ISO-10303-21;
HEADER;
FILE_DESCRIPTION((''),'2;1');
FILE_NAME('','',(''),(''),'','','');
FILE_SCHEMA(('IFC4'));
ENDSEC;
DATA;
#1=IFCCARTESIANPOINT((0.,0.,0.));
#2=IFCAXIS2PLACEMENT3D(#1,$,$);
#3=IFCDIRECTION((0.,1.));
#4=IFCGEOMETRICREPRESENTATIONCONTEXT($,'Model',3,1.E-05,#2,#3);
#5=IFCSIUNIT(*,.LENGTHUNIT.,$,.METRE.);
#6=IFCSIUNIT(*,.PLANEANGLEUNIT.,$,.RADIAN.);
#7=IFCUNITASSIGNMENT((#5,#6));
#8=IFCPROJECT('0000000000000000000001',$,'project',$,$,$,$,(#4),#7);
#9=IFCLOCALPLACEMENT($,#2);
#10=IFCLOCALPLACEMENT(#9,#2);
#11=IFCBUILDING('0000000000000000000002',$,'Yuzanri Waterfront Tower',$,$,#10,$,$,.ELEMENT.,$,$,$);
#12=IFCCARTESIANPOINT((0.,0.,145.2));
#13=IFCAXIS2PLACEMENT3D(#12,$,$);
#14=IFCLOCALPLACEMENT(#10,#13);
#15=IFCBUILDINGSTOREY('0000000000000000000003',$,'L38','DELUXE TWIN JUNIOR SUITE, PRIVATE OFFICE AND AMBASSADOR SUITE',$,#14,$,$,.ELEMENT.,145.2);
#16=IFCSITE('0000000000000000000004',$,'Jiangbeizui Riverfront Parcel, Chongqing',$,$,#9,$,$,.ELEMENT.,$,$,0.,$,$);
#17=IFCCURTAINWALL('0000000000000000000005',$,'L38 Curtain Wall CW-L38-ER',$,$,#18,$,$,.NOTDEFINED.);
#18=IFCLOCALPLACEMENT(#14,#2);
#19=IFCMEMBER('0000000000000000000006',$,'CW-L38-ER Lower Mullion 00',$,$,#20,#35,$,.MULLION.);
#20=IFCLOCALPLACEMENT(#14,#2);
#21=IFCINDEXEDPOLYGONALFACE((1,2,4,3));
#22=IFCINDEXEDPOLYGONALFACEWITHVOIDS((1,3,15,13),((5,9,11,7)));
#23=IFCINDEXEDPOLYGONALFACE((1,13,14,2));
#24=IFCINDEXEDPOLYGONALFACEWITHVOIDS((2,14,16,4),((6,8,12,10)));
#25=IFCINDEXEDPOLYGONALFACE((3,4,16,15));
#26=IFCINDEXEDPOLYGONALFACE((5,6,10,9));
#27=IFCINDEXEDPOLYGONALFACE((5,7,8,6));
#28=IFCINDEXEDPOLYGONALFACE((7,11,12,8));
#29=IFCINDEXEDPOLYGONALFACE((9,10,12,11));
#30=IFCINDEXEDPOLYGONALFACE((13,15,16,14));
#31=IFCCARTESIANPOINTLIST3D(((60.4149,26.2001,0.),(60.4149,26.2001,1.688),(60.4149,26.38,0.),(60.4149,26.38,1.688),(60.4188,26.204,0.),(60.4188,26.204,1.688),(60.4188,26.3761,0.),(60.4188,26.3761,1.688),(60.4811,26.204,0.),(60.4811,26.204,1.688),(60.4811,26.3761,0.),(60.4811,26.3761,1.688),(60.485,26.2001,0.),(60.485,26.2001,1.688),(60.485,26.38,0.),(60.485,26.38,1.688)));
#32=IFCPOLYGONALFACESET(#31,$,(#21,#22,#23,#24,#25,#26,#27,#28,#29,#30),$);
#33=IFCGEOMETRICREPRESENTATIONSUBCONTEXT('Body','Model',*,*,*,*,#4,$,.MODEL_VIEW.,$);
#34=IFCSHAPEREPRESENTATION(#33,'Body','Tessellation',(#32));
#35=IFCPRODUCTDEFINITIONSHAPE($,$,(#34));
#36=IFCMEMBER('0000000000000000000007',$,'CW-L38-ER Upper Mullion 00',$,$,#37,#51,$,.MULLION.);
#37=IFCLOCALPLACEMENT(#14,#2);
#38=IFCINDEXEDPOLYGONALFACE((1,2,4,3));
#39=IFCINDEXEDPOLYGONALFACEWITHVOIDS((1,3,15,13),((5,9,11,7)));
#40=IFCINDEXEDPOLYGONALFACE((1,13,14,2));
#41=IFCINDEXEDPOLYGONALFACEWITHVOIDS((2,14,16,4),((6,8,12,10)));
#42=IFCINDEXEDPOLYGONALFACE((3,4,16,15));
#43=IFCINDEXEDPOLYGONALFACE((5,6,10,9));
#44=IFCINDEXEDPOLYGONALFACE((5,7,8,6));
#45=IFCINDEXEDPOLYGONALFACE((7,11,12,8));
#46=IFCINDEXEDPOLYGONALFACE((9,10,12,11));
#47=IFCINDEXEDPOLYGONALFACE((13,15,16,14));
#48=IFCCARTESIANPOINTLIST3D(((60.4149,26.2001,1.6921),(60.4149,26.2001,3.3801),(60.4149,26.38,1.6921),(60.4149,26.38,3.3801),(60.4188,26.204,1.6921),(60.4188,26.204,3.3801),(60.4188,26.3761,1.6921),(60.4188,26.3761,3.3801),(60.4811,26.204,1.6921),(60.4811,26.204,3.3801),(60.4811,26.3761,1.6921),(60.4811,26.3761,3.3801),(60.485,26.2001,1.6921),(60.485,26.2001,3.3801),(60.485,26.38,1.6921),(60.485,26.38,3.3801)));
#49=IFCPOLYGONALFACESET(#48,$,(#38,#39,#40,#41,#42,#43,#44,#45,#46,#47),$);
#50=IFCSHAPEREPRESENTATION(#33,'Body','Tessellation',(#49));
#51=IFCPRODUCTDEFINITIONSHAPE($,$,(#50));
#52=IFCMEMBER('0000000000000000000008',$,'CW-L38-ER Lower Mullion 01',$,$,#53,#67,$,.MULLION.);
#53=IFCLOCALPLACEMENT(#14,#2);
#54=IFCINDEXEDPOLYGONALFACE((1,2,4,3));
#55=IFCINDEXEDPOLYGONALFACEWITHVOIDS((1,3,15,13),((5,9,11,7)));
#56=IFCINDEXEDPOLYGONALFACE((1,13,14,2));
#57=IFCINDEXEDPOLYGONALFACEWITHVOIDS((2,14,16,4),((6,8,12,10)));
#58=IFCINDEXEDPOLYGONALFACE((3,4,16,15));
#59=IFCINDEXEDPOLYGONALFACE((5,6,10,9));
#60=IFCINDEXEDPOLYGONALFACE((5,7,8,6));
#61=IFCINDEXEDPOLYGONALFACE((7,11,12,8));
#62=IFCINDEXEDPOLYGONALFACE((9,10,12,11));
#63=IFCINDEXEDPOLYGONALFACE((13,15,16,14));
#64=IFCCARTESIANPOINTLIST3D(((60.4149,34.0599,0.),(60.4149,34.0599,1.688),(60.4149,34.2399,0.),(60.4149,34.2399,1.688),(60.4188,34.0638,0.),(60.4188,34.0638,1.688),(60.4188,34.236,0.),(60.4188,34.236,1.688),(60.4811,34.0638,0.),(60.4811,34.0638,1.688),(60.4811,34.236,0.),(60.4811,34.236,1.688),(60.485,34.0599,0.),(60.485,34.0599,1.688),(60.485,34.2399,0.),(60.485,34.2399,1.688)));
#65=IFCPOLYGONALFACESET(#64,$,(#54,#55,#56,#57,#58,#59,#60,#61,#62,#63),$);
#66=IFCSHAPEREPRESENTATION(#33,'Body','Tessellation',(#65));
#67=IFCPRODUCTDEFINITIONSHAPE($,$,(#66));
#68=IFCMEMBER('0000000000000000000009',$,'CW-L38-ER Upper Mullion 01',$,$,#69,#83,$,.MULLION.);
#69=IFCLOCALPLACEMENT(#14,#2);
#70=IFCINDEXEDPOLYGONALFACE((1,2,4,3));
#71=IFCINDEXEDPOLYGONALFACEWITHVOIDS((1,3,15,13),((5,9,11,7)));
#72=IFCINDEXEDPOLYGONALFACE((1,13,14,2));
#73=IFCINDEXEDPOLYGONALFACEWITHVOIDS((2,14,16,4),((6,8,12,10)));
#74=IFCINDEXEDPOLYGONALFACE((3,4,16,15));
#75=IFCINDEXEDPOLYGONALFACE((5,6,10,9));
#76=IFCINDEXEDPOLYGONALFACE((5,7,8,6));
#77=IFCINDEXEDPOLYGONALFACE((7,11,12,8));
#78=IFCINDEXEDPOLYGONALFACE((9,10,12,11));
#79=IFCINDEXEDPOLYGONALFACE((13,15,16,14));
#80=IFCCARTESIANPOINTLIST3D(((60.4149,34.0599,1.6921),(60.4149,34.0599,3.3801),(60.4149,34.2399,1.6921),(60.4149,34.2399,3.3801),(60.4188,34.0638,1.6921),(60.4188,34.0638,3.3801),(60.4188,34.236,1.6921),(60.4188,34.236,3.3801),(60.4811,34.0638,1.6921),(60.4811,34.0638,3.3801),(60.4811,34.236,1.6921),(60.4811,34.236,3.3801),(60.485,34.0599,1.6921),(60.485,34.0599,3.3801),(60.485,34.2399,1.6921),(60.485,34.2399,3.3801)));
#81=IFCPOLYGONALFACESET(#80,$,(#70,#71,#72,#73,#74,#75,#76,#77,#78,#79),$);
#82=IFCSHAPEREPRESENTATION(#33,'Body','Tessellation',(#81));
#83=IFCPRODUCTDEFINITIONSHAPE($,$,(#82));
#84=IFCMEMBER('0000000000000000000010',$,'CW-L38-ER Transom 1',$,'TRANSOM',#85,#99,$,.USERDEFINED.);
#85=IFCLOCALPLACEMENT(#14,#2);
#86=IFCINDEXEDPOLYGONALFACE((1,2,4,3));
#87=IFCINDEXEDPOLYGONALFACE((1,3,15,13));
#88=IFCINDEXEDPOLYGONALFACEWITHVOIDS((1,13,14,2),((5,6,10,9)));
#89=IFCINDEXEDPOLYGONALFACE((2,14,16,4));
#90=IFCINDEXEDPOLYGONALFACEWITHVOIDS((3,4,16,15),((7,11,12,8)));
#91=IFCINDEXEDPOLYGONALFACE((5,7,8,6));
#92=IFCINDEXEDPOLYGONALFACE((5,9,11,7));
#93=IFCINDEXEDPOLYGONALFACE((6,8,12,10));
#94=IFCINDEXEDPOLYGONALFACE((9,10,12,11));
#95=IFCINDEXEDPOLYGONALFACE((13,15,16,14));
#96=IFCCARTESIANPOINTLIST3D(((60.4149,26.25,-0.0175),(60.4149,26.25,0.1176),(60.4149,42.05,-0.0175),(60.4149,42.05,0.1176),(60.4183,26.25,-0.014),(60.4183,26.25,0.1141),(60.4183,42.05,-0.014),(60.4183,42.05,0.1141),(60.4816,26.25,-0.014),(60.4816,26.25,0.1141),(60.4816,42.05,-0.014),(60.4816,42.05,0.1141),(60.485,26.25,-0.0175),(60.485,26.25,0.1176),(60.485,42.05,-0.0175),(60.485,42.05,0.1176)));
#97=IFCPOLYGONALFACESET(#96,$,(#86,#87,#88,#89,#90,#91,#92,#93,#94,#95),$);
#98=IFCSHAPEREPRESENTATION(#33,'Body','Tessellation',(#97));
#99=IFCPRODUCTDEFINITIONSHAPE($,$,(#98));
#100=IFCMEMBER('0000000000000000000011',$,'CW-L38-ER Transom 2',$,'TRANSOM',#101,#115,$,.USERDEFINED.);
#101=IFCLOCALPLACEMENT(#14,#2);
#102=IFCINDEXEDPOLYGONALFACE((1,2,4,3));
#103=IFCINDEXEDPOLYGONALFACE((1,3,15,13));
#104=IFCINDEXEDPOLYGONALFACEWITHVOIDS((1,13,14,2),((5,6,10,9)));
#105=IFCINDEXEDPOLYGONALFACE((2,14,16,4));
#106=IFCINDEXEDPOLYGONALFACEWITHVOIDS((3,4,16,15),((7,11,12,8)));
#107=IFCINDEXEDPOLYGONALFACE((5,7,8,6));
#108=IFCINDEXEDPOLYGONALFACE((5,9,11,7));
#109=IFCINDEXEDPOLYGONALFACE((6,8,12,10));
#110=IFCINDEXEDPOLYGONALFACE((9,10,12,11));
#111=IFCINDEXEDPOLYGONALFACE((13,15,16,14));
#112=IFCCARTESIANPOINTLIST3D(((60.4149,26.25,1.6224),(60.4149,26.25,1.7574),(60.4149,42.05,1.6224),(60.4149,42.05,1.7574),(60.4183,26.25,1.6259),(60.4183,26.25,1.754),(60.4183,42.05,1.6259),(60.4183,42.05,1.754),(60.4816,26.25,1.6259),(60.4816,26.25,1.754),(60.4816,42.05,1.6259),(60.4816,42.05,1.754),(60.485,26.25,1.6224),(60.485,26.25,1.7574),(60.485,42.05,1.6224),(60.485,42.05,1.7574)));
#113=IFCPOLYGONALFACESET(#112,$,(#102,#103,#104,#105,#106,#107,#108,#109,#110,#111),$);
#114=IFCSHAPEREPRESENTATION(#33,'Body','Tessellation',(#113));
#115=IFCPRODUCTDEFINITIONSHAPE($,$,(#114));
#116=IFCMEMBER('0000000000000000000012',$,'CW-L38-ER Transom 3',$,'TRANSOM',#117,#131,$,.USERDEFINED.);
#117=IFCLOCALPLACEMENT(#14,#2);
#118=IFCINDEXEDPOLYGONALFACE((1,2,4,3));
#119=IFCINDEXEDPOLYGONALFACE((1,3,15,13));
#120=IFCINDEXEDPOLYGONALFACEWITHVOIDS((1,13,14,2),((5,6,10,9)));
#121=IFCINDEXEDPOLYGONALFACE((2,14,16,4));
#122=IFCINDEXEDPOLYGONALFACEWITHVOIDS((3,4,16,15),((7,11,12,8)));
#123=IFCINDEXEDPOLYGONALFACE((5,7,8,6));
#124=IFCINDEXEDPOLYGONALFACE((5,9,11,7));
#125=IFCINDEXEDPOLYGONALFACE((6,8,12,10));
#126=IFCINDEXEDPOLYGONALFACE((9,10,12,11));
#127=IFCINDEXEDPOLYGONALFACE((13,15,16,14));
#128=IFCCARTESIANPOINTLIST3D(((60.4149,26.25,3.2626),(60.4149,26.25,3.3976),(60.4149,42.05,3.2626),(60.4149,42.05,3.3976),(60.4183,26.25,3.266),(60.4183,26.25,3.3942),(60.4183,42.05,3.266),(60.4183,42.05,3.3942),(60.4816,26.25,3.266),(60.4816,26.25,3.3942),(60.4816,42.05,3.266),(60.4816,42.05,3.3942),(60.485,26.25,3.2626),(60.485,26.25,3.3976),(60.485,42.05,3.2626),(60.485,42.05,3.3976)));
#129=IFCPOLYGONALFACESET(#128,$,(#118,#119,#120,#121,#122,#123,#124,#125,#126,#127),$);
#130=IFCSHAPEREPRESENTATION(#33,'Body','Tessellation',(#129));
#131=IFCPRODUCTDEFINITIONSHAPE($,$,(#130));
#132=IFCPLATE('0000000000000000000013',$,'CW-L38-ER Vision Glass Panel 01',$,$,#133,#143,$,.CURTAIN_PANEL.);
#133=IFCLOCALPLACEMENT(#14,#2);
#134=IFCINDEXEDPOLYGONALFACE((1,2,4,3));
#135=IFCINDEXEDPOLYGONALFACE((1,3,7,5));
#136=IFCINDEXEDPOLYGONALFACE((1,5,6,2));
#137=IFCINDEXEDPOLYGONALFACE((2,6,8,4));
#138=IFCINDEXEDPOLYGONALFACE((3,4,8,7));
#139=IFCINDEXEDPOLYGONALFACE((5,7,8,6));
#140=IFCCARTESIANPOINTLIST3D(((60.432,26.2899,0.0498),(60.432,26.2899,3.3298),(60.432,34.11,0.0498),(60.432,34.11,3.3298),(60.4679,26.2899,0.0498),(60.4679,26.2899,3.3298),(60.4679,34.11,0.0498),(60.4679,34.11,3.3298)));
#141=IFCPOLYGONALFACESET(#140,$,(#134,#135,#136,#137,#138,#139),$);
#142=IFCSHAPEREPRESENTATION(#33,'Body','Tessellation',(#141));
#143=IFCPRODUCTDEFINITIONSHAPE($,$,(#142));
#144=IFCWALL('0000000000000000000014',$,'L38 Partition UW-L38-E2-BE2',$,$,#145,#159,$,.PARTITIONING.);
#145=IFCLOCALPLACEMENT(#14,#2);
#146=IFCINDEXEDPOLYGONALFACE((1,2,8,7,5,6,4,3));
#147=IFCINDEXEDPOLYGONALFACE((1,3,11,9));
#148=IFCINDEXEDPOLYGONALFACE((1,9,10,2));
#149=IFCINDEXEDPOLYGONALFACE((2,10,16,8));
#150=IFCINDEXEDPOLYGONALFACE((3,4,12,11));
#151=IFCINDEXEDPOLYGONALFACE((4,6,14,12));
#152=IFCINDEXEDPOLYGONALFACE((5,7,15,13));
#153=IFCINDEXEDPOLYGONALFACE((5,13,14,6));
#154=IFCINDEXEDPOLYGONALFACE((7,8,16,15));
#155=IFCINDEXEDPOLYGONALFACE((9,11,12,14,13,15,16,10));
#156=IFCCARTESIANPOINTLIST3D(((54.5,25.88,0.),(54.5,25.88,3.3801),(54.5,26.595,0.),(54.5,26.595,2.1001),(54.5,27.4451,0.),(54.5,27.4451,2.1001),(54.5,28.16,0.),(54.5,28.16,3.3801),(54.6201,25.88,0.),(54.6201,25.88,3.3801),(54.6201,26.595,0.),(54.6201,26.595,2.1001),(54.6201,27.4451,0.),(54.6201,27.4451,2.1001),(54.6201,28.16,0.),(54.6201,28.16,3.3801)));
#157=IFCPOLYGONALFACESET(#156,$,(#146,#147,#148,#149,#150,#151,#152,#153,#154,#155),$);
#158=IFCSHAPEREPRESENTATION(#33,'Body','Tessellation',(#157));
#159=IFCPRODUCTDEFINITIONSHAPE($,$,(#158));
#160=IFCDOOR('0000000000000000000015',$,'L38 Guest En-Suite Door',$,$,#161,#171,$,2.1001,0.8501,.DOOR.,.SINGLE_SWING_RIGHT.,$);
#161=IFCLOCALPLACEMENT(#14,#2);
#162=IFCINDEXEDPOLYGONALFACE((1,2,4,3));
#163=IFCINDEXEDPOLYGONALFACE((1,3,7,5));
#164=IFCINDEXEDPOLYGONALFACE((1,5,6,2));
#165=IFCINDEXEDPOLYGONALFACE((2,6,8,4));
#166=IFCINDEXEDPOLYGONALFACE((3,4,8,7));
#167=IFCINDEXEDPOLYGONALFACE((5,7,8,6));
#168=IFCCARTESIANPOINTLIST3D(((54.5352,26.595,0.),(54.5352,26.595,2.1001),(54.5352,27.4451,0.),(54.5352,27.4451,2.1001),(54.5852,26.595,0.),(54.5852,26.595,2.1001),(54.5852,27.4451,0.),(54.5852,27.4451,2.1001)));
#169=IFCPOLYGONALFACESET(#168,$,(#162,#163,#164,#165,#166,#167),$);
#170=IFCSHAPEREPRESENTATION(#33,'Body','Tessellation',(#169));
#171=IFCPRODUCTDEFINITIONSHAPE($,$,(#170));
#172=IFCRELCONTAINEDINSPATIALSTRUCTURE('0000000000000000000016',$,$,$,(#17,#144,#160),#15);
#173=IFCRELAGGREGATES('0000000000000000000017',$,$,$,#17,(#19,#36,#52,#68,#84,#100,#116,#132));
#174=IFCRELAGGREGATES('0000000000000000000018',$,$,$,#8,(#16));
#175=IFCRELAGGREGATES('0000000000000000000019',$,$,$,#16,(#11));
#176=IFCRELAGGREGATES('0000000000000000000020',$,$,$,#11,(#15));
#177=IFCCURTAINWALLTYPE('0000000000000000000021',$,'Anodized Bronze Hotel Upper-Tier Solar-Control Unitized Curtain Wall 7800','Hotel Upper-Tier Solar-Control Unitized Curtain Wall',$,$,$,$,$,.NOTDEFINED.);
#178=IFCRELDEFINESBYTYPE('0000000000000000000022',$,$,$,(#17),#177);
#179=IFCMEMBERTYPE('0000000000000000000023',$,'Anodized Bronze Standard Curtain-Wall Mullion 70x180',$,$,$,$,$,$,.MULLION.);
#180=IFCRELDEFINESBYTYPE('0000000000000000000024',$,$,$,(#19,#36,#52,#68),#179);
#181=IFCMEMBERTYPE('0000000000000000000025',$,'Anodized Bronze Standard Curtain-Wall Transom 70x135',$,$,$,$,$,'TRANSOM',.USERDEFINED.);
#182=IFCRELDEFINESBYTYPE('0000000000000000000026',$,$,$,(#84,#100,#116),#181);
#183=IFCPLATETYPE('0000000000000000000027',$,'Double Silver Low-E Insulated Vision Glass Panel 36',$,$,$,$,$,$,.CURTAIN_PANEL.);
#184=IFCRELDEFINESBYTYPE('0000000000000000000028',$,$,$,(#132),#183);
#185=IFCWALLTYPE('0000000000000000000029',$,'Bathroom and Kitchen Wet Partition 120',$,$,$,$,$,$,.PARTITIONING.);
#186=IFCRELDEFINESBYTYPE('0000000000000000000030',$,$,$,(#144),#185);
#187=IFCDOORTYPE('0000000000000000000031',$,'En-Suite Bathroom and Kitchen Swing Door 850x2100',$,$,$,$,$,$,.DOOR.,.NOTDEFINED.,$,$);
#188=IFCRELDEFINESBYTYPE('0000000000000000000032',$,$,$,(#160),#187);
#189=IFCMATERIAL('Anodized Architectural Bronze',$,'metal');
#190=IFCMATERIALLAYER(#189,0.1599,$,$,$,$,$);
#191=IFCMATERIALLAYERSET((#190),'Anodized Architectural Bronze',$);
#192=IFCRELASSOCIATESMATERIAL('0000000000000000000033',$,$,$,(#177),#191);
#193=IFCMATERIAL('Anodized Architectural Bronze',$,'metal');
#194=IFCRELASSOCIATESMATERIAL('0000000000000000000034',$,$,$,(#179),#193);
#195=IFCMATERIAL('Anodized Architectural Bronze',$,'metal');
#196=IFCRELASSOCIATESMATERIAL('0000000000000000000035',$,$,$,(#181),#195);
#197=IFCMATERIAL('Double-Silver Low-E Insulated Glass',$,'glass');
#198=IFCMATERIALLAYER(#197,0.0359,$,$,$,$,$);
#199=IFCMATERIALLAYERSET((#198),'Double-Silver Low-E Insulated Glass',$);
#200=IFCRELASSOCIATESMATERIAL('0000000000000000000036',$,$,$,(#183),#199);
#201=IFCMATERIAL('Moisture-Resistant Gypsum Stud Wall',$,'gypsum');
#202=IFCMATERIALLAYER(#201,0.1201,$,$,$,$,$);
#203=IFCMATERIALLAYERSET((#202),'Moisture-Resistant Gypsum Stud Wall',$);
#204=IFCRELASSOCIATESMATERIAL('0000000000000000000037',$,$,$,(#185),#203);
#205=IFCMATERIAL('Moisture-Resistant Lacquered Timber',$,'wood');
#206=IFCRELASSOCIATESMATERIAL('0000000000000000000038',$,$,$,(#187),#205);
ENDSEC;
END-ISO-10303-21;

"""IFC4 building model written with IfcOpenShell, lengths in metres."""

from ifc_helpers import new_model, si_unit, direction, frame, frame_2d, origin, origin_2d, place, context, subcontext, project, spatial, rectangle, hollow_rectangle, extrude, source, transform, mapped, material, layer, layer_set, material_profile, profile_set, type_object, element, fill, aggregate, save


model = new_model("IFC4")

# Units and contexts
model_context = context("Model", 3, precision=1e-05, world=origin(), true_north=direction((0.0, 1.0)))
body_context = subcontext(model_context, "Body", "Model", "MODEL_VIEW")
ifc_project = project(units=[si_unit("LENGTHUNIT", "METRE"), si_unit("PLANEANGLEUNIT", "RADIAN")], contexts=[model_context])

# Site, building, storey
site_placement = place(None, origin())
site = spatial("IfcSite", under=ifc_project, at=site_placement, Name="Jiangbeizui Riverfront Parcel, Chongqing", CompositionType="ELEMENT", RefElevation=0.0)
building_placement = place(site_placement, origin())
building = spatial("IfcBuilding", under=site, at=building_placement, Name="Yuzanri Waterfront Tower", CompositionType="ELEMENT")
storey_placement = place(building_placement, frame((0.0, 0.0, 145.2)))
storey = spatial("IfcBuildingStorey", under=building, at=storey_placement, Name="L38", Description="DELUXE TWIN JUNIOR SUITE, PRIVATE OFFICE AND AMBASSADOR SUITE", CompositionType="ELEMENT", Elevation=145.2)

# Shared definitions
ifc_material_1 = material(Name="Anodized Architectural Bronze", Category="metal")
ifc_layer_1 = layer(ifc_material_1, 0.1599)
ifc_layer_set_1 = layer_set([ifc_layer_1], Name="Anodized Architectural Bronze")
curtain_wall_type = type_object("IfcCurtainWallType", Name="Anodized Bronze Hotel Upper-Tier Solar-Control Unitized Curtain Wall 7800", Description="Hotel Upper-Tier Solar-Control Unitized Curtain Wall", PredefinedType="NOTDEFINED", material=ifc_layer_set_1)
ifc_material_2 = material(Name="Anodized Architectural Bronze", Category="metal")
ifc_material_profile_1 = material_profile(ifc_material_2, hollow_rectangle(XDim=0.0701, YDim=0.1799, WallThickness=0.0039, at=origin_2d()), Name="CWM 70x180")
ifc_profile_set_1 = profile_set([ifc_material_profile_1], Name="Anodized Architectural Bronze")
member_type_1 = type_object("IfcMemberType", Name="Anodized Bronze Standard Curtain-Wall Mullion 70x180", PredefinedType="MULLION", material=ifc_profile_set_1)
shared_shape_1 = source(origin(), body_context, "Body", "SweptSolid", [
    extrude(hollow_rectangle(XDim=0.0701, YDim=0.1799, WallThickness=0.0039, at=origin_2d()), origin(), (0.0, 0.0, 1.0), 1.688),
])

# Curtain wall, members, plate
curtain_wall_1_placement = place(storey_placement, origin())
curtain_wall_1 = element("IfcCurtainWall", 1, at=curtain_wall_1_placement, inside=storey, type_object=curtain_wall_type, Name="L38 Curtain Wall CW-L38-ER", PredefinedType="NOTDEFINED")
member_1_placement = place(storey_placement, frame((60.45, 26.29, 0.0), z_axis=(0.0, 0.0, 1.0), x_axis=(1.0, 0.0, 0.0)))
member_1 = element("IfcMember", 2, at=member_1_placement, type_object=member_type_1, Name="CW-L38-ER Lower Mullion 00", PredefinedType="MULLION", context=body_context, shape_type="MappedRepresentation", body=[
    mapped(shared_shape_1, transform((0.0, 0.0, 0.0), scale=1.0)),
])
member_2_placement = place(storey_placement, frame((60.45, 26.29, 1.6921), z_axis=(0.0, 0.0, 1.0), x_axis=(1.0, 0.0, 0.0)))
member_2 = element("IfcMember", 3, at=member_2_placement, type_object=member_type_1, Name="CW-L38-ER Upper Mullion 00", PredefinedType="MULLION", context=body_context, shape_type="MappedRepresentation", body=[
    mapped(shared_shape_1, transform((0.0, 0.0, 0.0), scale=1.0)),
])
member_3_placement = place(storey_placement, frame((60.45, 34.1499, 0.0), z_axis=(0.0, 0.0, 1.0), x_axis=(1.0, 0.0, 0.0)))
member_3 = element("IfcMember", 4, at=member_3_placement, type_object=member_type_1, Name="CW-L38-ER Lower Mullion 01", PredefinedType="MULLION", context=body_context, shape_type="MappedRepresentation", body=[
    mapped(shared_shape_1, transform((0.0, 0.0, 0.0), scale=1.0)),
])
member_4_placement = place(storey_placement, frame((60.45, 34.1499, 1.6921), z_axis=(0.0, 0.0, 1.0), x_axis=(1.0, 0.0, 0.0)))
member_4 = element("IfcMember", 5, at=member_4_placement, type_object=member_type_1, Name="CW-L38-ER Upper Mullion 01", PredefinedType="MULLION", context=body_context, shape_type="MappedRepresentation", body=[
    mapped(shared_shape_1, transform((0.0, 0.0, 0.0), scale=1.0)),
])
ifc_material_3 = material(Name="Anodized Architectural Bronze", Category="metal")
ifc_material_profile_2 = material_profile(ifc_material_3, hollow_rectangle(XDim=0.0701, YDim=0.135, WallThickness=0.0034, at=origin_2d()), Name="CWT 70x135")
ifc_profile_set_2 = profile_set([ifc_material_profile_2], Name="Anodized Architectural Bronze")
member_type_2 = type_object("IfcMemberType", Name="Anodized Bronze Standard Curtain-Wall Transom 70x135", ElementType="TRANSOM", PredefinedType="USERDEFINED", material=ifc_profile_set_2)
shared_shape_2 = source(origin(), body_context, "Body", "SweptSolid", [
    extrude(hollow_rectangle(XDim=0.0701, YDim=0.135, WallThickness=0.0034, at=origin_2d()), origin(), (0.0, 0.0, 1.0), 15.8),
])
member_5_placement = place(storey_placement, frame((60.45, 26.25, 0.05), z_axis=(0.0, 1.0, 0.0), x_axis=(-1.0, 0.0, 0.0)))
member_5 = element("IfcMember", 6, at=member_5_placement, type_object=member_type_2, Name="CW-L38-ER Transom 1", ObjectType="TRANSOM", PredefinedType="USERDEFINED", context=body_context, shape_type="MappedRepresentation", body=[
    mapped(shared_shape_2, transform((0.0, 0.0, 0.0), scale=1.0)),
])
member_6_placement = place(storey_placement, frame((60.45, 26.25, 1.6899), z_axis=(0.0, 1.0, 0.0), x_axis=(-1.0, 0.0, 0.0)))
member_6 = element("IfcMember", 7, at=member_6_placement, type_object=member_type_2, Name="CW-L38-ER Transom 2", ObjectType="TRANSOM", PredefinedType="USERDEFINED", context=body_context, shape_type="MappedRepresentation", body=[
    mapped(shared_shape_2, transform((0.0, 0.0, 0.0), scale=1.0)),
])
member_7_placement = place(storey_placement, frame((60.45, 26.25, 3.3301), z_axis=(0.0, 1.0, 0.0), x_axis=(-1.0, 0.0, 0.0)))
member_7 = element("IfcMember", 8, at=member_7_placement, type_object=member_type_2, Name="CW-L38-ER Transom 3", ObjectType="TRANSOM", PredefinedType="USERDEFINED", context=body_context, shape_type="MappedRepresentation", body=[
    mapped(shared_shape_2, transform((0.0, 0.0, 0.0), scale=1.0)),
])
ifc_material_4 = material(Name="Double-Silver Low-E Insulated Glass", Category="glass")
ifc_layer_2 = layer(ifc_material_4, 0.0359)
ifc_layer_set_2 = layer_set([ifc_layer_2], Name="Double-Silver Low-E Insulated Glass")
plate_type = type_object("IfcPlateType", Name="Double Silver Low-E Insulated Vision Glass Panel 36", PredefinedType="CURTAIN_PANEL", material=ifc_layer_set_2)
shared_shape_3 = source(origin(), body_context, "Body", "SweptSolid", [
    extrude(rectangle(XDim=7.8201, YDim=0.0359, at=origin_2d()), origin(), (0.0, 0.0, 1.0), 3.28),
])
plate_placement = place(storey_placement, frame((60.45, 30.2, 0.0498), z_axis=(0.0, 0.0, 1.0), x_axis=(0.0, 1.0, 0.0)))
plate = element("IfcPlate", 9, at=plate_placement, type_object=plate_type, Name="CW-L38-ER Vision Glass Panel 01", PredefinedType="CURTAIN_PANEL", context=body_context, shape_type="MappedRepresentation", body=[
    mapped(shared_shape_3, transform((0.0, 0.0, 0.0), scale=1.0)),
])
aggregate(curtain_wall_1, [member_1, member_2, member_3, member_4, member_5, member_6, member_7, plate])

# Wall, opening, door
ifc_material_5 = material(Name="Moisture-Resistant Gypsum Stud Wall", Category="gypsum")
ifc_layer_3 = layer(ifc_material_5, 0.1201)
ifc_layer_set_3 = layer_set([ifc_layer_3], Name="Moisture-Resistant Gypsum Stud Wall")
wall_type_1 = type_object("IfcWallType", Name="Bathroom and Kitchen Wet Partition 120", PredefinedType="PARTITIONING", material=ifc_layer_set_3)
wall_1_placement = place(storey_placement, frame((54.5601, 25.8799, 0.0), z_axis=(0.0, 0.0, 1.0), x_axis=(0.0, 1.0, 0.0)))
wall_1 = element("IfcWall", 10, at=wall_1_placement, inside=storey, type_object=wall_type_1, Name="L38 Partition UW-L38-E2-BE2", PredefinedType="PARTITIONING", context=body_context, shape_type="SweptSolid", body=[
    extrude(rectangle(XDim=2.28, YDim=0.1201, at=frame_2d((1.1401, 0.0))), origin(), (0.0, 0.0, 1.0), 3.3801),
])
opening_1_placement = place(wall_1_placement, frame((0.7151, 0.0, 0.0)))
opening_1 = element("IfcOpeningElement", 11, at=opening_1_placement, cuts=wall_1, PredefinedType="OPENING", context=body_context, shape_type="SweptSolid", body=[
    extrude(rectangle(XDim=0.8501, YDim=2.1001, at=frame_2d((0.425, 1.05))), frame((0.0, 0.075, 0.0), z_axis=(0.0, -1.0, 0.0), x_axis=(1.0, 0.0, 0.0)), (0.0, 0.0, 1.0), 0.1499),
])
ifc_material_6 = material(Name="Moisture-Resistant Lacquered Timber", Category="wood")
door_type_1 = type_object("IfcDoorType", Name="En-Suite Bathroom and Kitchen Swing Door 850x2100", OperationType="NOTDEFINED", PredefinedType="DOOR", material=ifc_material_6)
shared_shape_4 = source(origin(), body_context, "Body", "SweptSolid", [
    extrude(rectangle(XDim=0.8501, YDim=2.1001, at=frame_2d((0.425, 1.05))), frame((0.0, 0.0249, 0.0), z_axis=(0.0, -1.0, 0.0), x_axis=(1.0, 0.0, 0.0)), (0.0, 0.0, 1.0), 0.05),
])
door_1_placement = place(opening_1_placement, origin())
door_1 = element("IfcDoor", 12, at=door_1_placement, inside=storey, type_object=door_type_1, Name="L38 Guest En-Suite Door", OperationType="SINGLE_SWING_RIGHT", OverallHeight=2.1001, OverallWidth=0.8501, PredefinedType="DOOR", context=body_context, shape_type="MappedRepresentation", body=[
    mapped(shared_shape_4, transform((0.0, 0.0, 0.0), scale=1.0)),
])
fill(opening_1, door_1)

save(model, "model.ifc")
